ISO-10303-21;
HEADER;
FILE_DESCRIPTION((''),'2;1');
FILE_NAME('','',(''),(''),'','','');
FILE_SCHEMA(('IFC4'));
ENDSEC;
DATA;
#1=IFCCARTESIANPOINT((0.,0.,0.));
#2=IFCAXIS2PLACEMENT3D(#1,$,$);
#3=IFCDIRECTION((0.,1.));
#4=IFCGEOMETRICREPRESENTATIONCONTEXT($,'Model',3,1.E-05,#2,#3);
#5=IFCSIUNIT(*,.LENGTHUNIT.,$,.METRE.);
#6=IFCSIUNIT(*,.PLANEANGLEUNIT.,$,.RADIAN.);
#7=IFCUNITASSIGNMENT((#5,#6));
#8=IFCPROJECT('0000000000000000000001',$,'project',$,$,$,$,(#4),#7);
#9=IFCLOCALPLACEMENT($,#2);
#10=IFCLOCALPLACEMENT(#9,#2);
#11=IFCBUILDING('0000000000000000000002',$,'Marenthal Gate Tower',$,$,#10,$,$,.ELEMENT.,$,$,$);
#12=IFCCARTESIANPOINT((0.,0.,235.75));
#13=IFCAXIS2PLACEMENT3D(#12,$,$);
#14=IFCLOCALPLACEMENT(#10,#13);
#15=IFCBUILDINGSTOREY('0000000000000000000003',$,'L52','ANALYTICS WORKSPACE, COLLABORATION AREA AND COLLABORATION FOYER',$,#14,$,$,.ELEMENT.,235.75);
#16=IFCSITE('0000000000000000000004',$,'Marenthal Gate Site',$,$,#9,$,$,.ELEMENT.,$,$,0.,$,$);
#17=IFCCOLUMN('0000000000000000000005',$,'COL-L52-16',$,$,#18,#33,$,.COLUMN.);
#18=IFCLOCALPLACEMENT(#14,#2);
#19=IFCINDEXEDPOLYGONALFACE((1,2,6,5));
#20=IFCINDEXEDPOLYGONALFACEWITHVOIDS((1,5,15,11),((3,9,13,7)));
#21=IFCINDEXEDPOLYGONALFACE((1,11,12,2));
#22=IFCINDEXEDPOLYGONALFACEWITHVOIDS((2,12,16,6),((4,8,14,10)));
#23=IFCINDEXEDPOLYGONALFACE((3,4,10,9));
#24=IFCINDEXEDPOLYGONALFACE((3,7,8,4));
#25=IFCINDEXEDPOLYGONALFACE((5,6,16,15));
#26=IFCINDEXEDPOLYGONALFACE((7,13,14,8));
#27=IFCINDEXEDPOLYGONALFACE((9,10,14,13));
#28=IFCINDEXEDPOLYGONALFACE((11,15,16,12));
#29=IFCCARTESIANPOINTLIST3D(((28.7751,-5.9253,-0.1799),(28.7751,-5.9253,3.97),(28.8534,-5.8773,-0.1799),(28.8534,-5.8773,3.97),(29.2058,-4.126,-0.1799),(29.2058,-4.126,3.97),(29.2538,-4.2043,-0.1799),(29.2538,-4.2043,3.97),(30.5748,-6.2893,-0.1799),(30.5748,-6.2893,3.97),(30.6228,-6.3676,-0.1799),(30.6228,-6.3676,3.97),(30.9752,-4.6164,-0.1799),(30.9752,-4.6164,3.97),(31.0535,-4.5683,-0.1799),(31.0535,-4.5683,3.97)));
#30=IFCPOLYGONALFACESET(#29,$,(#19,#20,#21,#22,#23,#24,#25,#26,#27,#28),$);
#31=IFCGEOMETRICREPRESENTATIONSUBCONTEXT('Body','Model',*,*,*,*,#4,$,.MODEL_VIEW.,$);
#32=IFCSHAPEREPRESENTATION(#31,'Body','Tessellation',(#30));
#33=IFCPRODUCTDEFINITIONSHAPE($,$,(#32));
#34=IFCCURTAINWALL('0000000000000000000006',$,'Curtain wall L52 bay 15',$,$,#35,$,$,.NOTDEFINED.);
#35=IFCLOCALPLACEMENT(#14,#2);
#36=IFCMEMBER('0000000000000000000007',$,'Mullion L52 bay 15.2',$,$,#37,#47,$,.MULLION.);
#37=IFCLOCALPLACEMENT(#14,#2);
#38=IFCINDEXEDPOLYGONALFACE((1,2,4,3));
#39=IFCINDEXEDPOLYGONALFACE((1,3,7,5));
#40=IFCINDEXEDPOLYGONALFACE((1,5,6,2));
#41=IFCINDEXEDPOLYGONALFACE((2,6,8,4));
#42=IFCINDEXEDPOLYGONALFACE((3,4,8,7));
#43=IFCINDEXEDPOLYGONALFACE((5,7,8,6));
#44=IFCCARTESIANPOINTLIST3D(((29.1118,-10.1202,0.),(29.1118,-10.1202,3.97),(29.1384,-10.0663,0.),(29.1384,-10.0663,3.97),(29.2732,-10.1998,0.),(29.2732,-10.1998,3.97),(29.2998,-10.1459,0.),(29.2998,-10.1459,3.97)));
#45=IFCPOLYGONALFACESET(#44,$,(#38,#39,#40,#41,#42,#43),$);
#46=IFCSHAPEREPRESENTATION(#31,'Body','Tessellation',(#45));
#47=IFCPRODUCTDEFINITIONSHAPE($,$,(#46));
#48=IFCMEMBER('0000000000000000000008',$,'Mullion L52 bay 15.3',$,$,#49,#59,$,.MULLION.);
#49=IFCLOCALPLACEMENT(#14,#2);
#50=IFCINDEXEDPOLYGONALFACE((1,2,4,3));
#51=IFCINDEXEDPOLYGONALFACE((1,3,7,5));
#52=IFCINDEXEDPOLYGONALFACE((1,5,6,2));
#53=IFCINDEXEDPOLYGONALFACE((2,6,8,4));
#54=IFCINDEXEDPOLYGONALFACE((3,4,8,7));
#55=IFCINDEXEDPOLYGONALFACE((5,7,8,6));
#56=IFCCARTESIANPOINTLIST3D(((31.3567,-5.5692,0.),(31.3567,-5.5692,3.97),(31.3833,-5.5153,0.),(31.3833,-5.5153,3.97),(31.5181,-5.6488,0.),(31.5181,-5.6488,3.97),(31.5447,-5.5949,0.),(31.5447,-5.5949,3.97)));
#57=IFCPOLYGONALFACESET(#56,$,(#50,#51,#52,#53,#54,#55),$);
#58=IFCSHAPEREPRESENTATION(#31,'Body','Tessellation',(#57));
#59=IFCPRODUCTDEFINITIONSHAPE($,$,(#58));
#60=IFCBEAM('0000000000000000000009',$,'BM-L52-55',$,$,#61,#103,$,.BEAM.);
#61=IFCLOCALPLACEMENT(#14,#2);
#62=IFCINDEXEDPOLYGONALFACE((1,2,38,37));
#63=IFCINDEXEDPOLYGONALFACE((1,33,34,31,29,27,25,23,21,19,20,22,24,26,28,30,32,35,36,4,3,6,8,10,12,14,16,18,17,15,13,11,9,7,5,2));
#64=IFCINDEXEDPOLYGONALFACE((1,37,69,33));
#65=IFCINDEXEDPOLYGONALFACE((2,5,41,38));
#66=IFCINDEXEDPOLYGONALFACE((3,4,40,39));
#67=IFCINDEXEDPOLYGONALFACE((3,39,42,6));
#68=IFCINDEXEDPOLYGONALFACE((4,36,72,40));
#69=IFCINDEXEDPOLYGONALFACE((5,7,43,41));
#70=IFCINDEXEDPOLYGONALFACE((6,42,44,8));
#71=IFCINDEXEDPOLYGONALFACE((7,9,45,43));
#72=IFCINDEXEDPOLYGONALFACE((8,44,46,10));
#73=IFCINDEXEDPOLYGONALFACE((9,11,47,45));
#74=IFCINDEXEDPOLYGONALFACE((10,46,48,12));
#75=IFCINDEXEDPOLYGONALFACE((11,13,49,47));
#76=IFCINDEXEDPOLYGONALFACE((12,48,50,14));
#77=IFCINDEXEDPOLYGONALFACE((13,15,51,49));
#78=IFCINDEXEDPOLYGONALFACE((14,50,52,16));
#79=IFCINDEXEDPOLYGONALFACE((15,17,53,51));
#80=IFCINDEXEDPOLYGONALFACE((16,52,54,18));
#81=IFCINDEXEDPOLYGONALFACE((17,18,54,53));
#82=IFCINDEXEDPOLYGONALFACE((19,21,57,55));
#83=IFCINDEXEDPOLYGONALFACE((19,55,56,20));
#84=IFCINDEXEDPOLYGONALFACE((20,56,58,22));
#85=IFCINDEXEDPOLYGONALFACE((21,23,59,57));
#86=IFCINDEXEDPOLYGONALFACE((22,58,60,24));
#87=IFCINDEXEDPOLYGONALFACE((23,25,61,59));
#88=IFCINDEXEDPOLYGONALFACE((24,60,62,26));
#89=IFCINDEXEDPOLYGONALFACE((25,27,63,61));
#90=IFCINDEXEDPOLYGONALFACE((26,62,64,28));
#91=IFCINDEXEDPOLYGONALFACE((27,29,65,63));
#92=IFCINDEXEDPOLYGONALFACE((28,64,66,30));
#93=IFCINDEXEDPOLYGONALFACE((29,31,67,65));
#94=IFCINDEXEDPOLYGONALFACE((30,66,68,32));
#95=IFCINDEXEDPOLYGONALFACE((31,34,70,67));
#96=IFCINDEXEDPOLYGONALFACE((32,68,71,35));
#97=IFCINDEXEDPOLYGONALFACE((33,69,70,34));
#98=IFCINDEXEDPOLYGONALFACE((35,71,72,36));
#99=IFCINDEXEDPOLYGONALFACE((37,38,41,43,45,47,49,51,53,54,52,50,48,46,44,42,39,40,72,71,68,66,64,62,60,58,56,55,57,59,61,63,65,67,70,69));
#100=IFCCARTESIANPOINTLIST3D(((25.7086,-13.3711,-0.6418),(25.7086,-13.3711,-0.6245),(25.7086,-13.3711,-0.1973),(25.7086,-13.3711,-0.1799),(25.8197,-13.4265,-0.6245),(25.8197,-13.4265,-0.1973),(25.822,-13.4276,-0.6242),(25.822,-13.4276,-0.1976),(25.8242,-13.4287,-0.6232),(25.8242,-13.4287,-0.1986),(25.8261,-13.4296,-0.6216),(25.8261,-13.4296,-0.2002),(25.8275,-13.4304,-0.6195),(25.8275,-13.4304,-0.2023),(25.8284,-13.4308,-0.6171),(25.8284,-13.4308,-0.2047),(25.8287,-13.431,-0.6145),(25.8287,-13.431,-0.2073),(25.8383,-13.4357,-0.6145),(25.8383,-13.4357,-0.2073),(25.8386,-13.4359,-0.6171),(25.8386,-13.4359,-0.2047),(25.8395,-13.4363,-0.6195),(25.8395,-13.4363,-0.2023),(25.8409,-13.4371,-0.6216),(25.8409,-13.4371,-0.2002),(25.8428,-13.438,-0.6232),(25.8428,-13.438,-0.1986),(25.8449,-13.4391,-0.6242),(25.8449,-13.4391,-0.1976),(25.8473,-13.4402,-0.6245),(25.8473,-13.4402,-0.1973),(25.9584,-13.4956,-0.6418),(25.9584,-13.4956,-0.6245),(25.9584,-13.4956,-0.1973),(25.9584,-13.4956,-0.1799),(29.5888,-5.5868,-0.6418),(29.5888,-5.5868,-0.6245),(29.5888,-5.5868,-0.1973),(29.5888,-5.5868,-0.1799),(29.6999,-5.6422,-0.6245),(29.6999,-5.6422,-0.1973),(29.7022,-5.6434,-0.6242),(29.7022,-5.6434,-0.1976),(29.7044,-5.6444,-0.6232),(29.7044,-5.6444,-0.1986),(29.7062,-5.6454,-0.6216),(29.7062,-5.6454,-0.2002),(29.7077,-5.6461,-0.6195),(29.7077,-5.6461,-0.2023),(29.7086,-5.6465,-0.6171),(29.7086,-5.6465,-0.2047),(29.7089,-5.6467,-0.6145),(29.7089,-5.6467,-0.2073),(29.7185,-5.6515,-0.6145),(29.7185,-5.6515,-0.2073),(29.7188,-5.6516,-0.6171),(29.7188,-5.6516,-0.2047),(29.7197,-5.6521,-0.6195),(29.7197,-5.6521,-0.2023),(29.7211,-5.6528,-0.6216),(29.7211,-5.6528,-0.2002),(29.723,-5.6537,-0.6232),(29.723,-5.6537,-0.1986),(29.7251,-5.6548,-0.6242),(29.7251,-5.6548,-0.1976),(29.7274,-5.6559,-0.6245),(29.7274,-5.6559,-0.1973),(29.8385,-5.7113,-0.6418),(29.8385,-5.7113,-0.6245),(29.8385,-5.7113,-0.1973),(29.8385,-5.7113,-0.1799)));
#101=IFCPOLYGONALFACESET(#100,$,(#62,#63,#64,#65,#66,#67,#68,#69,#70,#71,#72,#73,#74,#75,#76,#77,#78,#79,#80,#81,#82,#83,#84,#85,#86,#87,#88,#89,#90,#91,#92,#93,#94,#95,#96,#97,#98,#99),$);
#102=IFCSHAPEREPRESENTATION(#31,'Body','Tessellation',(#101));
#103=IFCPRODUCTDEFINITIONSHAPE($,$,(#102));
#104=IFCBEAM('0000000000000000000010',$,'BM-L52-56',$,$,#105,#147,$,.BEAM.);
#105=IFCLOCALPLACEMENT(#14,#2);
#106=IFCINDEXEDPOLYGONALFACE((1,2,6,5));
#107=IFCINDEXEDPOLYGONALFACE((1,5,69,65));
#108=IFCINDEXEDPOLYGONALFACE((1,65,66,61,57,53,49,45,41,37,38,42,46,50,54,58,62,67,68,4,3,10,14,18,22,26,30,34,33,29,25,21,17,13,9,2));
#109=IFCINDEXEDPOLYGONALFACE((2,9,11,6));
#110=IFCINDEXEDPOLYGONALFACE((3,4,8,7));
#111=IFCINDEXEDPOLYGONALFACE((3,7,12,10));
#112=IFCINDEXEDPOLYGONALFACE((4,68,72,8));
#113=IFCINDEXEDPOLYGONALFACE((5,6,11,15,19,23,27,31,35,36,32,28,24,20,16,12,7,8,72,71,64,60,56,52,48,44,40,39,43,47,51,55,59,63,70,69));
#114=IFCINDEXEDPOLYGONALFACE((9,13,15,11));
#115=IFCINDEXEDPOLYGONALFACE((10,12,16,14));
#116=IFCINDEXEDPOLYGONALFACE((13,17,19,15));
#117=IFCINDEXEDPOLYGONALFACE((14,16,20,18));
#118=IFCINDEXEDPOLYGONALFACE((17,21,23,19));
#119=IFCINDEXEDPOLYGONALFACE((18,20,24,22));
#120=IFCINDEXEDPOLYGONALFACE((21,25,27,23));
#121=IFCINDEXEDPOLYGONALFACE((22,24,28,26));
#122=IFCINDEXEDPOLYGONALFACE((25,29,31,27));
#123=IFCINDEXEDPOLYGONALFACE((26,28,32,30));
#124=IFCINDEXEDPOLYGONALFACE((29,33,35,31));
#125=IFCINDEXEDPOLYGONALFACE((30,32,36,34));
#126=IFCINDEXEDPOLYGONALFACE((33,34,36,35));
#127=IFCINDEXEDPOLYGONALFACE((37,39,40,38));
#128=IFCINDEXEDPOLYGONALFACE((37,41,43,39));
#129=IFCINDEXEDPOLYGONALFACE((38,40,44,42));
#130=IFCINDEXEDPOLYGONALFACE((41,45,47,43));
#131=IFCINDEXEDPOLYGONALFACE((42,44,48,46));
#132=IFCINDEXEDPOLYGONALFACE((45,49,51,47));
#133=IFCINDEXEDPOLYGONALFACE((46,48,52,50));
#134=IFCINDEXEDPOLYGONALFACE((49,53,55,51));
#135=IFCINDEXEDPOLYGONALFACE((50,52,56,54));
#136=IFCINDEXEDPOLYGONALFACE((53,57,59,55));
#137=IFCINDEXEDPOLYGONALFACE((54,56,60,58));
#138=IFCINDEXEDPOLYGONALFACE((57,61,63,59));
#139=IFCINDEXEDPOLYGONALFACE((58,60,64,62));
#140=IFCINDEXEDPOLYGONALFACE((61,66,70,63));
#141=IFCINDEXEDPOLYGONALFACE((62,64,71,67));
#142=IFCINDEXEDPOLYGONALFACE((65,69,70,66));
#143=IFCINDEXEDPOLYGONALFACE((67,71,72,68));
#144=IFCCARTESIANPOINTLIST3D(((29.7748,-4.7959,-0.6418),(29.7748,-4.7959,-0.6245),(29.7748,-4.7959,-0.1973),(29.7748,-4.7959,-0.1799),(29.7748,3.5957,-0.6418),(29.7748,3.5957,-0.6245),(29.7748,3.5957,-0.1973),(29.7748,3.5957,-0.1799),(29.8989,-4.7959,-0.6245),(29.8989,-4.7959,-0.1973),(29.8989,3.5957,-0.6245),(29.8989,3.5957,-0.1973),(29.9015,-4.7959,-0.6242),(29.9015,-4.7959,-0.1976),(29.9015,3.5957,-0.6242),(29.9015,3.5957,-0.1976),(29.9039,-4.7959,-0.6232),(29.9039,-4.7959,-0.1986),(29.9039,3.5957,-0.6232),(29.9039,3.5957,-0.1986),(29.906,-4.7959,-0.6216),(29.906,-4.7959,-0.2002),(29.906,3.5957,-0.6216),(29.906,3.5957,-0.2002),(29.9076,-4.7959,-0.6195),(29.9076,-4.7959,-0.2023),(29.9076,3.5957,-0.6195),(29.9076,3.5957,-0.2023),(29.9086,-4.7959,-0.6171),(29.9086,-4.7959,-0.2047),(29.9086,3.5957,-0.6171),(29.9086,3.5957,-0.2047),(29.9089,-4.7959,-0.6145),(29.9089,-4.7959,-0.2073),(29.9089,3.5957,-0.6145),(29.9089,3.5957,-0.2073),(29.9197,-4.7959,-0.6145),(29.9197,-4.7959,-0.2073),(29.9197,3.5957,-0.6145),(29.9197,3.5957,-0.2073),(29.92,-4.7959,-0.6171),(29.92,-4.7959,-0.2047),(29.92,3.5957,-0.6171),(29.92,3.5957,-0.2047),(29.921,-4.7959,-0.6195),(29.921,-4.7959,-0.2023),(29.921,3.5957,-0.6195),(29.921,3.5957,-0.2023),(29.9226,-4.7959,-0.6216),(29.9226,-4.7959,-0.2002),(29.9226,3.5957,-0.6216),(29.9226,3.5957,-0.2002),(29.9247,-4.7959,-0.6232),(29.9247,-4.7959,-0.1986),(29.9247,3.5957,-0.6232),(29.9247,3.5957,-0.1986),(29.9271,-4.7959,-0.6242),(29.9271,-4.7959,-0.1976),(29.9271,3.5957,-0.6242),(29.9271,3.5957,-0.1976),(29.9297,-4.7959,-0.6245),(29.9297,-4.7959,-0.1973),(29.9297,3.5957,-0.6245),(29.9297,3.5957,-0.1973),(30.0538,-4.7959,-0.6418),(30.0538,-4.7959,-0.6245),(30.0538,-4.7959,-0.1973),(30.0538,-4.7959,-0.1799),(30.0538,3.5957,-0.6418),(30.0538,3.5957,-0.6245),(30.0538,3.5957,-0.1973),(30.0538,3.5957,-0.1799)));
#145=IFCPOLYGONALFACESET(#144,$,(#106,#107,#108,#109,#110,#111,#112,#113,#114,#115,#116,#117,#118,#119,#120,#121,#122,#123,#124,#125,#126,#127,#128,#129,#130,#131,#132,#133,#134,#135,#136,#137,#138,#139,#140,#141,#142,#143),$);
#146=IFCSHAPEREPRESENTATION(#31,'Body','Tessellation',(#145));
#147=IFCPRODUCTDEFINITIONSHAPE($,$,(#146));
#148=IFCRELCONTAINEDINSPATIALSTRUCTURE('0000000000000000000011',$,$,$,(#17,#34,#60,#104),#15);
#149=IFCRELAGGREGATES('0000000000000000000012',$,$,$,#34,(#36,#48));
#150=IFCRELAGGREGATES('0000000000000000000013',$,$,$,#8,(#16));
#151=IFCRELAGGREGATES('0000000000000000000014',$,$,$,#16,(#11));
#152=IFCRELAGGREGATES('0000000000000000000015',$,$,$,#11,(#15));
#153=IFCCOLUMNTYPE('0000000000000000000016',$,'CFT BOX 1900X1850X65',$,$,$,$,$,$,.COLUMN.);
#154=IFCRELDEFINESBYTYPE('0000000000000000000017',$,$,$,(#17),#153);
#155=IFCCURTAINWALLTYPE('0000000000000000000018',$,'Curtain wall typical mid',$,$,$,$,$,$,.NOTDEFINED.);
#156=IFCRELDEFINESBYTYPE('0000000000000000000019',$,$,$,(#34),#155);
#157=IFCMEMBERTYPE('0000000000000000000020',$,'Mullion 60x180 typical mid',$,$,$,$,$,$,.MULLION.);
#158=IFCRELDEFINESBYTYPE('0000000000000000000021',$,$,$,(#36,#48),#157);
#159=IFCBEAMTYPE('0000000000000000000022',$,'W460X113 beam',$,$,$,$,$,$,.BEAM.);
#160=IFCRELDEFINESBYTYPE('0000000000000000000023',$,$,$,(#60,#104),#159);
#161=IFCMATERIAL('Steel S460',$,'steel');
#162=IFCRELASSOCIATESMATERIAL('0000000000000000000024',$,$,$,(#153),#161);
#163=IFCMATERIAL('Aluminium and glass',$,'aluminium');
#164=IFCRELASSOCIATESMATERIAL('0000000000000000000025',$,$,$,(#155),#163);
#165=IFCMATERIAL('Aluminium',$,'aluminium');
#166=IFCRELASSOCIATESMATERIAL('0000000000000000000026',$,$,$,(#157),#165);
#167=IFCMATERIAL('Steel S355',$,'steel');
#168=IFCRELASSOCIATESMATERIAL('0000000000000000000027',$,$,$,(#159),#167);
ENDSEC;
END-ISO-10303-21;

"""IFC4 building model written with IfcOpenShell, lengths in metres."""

from ifc_helpers import new_model, si_unit, direction, frame, origin, origin_2d, place, context, subcontext, project, spatial, rectangle, hollow_rectangle, i_section, extrude, material, material_profile, profile_set, type_object, element, aggregate, save


model = new_model("IFC4")

# Units and contexts
model_context = context("Model", 3, precision=1e-05, world=origin(), true_north=direction((0.0, 1.0)))
body_context = subcontext(model_context, "Body", "Model", "MODEL_VIEW")
ifc_project = project(units=[si_unit("LENGTHUNIT", "METRE"), si_unit("PLANEANGLEUNIT", "RADIAN")], contexts=[model_context])

# Site, building, storey
site_placement = place(None, origin())
site = spatial("IfcSite", under=ifc_project, at=site_placement, Name="Marenthal Gate Site", CompositionType="ELEMENT", RefElevation=0.0)
building_placement = place(site_placement, origin())
building = spatial("IfcBuilding", under=site, at=building_placement, Name="Marenthal Gate Tower", CompositionType="ELEMENT")
storey_placement = place(building_placement, frame((0.0, 0.0, 235.75)))
storey = spatial("IfcBuildingStorey", under=building, at=storey_placement, Name="L52", Description="ANALYTICS WORKSPACE, COLLABORATION AREA AND COLLABORATION FOYER", CompositionType="ELEMENT", Elevation=235.75)

# Column
ifc_material_1 = material(Name="Steel S460", Category="steel")
ifc_material_profile_1 = material_profile(ifc_material_1, hollow_rectangle(XDim=1.8501, YDim=1.8999, WallThickness=0.0649, at=origin_2d()), Name="CFT BOX 1900X1850X65")
ifc_material_2 = material(Name="Concrete 70 MPa", Category="concrete")
ifc_material_profile_2 = material_profile(ifc_material_2, rectangle(XDim=1.72, YDim=1.77, at=origin_2d()), Name="CFT BOX 1900X1850X65 INFILL")
ifc_profile_set_1 = profile_set([ifc_material_profile_1, ifc_material_profile_2], Name="Steel S460 shell, Concrete 70 MPa infill")
column_type = type_object("IfcColumnType", Name="CFT BOX 1900X1850X65", PredefinedType="COLUMN", material=ifc_profile_set_1)
column_placement = place(storey_placement, frame((29.9143, -5.2468, -0.1799), z_axis=(0.0, 0.0, 1.0), x_axis=(-0.232804, -0.972524, 0.0)))
element("IfcColumn", 1, at=column_placement, inside=storey, type_object=column_type, Name="COL-L52-16", PredefinedType="COLUMN", context=body_context, shape_type="SweptSolid", body=[
    extrude(hollow_rectangle(XDim=1.8501, YDim=1.8999, WallThickness=0.0649, at=origin_2d()), origin(), (0.0, 0.0, 1.0), 4.1499),
])

# Curtain wall, members
ifc_material_3 = material(Name="Aluminium and glass", Category="aluminium")
curtain_wall_type = type_object("IfcCurtainWallType", Name="Curtain wall typical mid", PredefinedType="NOTDEFINED", material=ifc_material_3)
curtain_wall_placement = place(storey_placement, origin())
curtain_wall = element("IfcCurtainWall", 2, at=curtain_wall_placement, inside=storey, type_object=curtain_wall_type, Name="Curtain wall L52 bay 15", PredefinedType="NOTDEFINED")
ifc_material_4 = material(Name="Aluminium", Category="aluminium")
ifc_material_profile_3 = material_profile(ifc_material_4, rectangle(XDim=0.1799, YDim=0.0601, at=origin_2d()), Name="60x180 aluminium mullion")
ifc_profile_set_2 = profile_set([ifc_material_profile_3], Name="Aluminium")
member_type = type_object("IfcMemberType", Name="Mullion 60x180 typical mid", PredefinedType="MULLION", material=ifc_profile_set_2)
member_1_placement = place(storey_placement, frame((29.2058, -10.1331, 0.0), z_axis=(0.0, 0.0, 1.0), x_axis=(-0.896835, 0.442364, 0.0)))
member_1 = element("IfcMember", 3, at=member_1_placement, type_object=member_type, Name="Mullion L52 bay 15.2", PredefinedType="MULLION", context=body_context, shape_type="SweptSolid", body=[
    extrude(rectangle(XDim=0.1799, YDim=0.0601, at=origin_2d()), origin(), (0.0, 0.0, 1.0), 3.97),
])
member_2_placement = place(storey_placement, frame((31.4507, -5.582, 0.0), z_axis=(0.0, 0.0, 1.0), x_axis=(-0.896835, 0.442364, 0.0)))
member_2 = element("IfcMember", 4, at=member_2_placement, type_object=member_type, Name="Mullion L52 bay 15.3", PredefinedType="MULLION", context=body_context, shape_type="SweptSolid", body=[
    extrude(rectangle(XDim=0.1799, YDim=0.0601, at=origin_2d()), origin(), (0.0, 0.0, 1.0), 3.97),
])

# Beams
ifc_material_5 = material(Name="Steel S355", Category="steel")
ifc_material_profile_4 = material_profile(ifc_material_5, i_section(OverallWidth=0.2791, OverallDepth=0.4619, WebThickness=0.0107, FlangeThickness=0.0173, FilletRadius=0.01, at=origin_2d()), Name="W460X113")
ifc_profile_set_3 = profile_set([ifc_material_profile_4], Name="Steel S355")
beam_type_1 = type_object("IfcBeamType", Name="W460X113 beam", PredefinedType="BEAM", material=ifc_profile_set_3)
beam_1_placement = place(storey_placement, frame((25.8335, -13.4333, -0.4109), z_axis=(0.446113, 0.894977, 0.0), x_axis=(-0.894977, 0.446113, 0.0)))
element("IfcBeam", 5, at=beam_1_placement, inside=storey, type_object=beam_type_1, Name="BM-L52-55", PredefinedType="BEAM", context=body_context, shape_type="SweptSolid", body=[
    extrude(i_section(OverallWidth=0.2791, OverallDepth=0.4619, WebThickness=0.0107, FlangeThickness=0.0173, FilletRadius=0.01, at=origin_2d()), origin(), (0.0, 0.0, 1.0), 8.6978),
])
beam_2_placement = place(storey_placement, frame((29.9143, -4.7959, -0.4109), z_axis=(0.0, 1.0, 0.0), x_axis=(-1.0, 0.0, 0.0)))
element("IfcBeam", 6, at=beam_2_placement, inside=storey, type_object=beam_type_1, Name="BM-L52-56", PredefinedType="BEAM", context=body_context, shape_type="SweptSolid", body=[
    extrude(i_section(OverallWidth=0.2791, OverallDepth=0.4619, WebThickness=0.0107, FlangeThickness=0.0173, FilletRadius=0.01, at=origin_2d()), origin(), (0.0, 0.0, 1.0), 8.3916),
])

aggregate(curtain_wall, [member_1, member_2])

save(model, "model.ifc")
